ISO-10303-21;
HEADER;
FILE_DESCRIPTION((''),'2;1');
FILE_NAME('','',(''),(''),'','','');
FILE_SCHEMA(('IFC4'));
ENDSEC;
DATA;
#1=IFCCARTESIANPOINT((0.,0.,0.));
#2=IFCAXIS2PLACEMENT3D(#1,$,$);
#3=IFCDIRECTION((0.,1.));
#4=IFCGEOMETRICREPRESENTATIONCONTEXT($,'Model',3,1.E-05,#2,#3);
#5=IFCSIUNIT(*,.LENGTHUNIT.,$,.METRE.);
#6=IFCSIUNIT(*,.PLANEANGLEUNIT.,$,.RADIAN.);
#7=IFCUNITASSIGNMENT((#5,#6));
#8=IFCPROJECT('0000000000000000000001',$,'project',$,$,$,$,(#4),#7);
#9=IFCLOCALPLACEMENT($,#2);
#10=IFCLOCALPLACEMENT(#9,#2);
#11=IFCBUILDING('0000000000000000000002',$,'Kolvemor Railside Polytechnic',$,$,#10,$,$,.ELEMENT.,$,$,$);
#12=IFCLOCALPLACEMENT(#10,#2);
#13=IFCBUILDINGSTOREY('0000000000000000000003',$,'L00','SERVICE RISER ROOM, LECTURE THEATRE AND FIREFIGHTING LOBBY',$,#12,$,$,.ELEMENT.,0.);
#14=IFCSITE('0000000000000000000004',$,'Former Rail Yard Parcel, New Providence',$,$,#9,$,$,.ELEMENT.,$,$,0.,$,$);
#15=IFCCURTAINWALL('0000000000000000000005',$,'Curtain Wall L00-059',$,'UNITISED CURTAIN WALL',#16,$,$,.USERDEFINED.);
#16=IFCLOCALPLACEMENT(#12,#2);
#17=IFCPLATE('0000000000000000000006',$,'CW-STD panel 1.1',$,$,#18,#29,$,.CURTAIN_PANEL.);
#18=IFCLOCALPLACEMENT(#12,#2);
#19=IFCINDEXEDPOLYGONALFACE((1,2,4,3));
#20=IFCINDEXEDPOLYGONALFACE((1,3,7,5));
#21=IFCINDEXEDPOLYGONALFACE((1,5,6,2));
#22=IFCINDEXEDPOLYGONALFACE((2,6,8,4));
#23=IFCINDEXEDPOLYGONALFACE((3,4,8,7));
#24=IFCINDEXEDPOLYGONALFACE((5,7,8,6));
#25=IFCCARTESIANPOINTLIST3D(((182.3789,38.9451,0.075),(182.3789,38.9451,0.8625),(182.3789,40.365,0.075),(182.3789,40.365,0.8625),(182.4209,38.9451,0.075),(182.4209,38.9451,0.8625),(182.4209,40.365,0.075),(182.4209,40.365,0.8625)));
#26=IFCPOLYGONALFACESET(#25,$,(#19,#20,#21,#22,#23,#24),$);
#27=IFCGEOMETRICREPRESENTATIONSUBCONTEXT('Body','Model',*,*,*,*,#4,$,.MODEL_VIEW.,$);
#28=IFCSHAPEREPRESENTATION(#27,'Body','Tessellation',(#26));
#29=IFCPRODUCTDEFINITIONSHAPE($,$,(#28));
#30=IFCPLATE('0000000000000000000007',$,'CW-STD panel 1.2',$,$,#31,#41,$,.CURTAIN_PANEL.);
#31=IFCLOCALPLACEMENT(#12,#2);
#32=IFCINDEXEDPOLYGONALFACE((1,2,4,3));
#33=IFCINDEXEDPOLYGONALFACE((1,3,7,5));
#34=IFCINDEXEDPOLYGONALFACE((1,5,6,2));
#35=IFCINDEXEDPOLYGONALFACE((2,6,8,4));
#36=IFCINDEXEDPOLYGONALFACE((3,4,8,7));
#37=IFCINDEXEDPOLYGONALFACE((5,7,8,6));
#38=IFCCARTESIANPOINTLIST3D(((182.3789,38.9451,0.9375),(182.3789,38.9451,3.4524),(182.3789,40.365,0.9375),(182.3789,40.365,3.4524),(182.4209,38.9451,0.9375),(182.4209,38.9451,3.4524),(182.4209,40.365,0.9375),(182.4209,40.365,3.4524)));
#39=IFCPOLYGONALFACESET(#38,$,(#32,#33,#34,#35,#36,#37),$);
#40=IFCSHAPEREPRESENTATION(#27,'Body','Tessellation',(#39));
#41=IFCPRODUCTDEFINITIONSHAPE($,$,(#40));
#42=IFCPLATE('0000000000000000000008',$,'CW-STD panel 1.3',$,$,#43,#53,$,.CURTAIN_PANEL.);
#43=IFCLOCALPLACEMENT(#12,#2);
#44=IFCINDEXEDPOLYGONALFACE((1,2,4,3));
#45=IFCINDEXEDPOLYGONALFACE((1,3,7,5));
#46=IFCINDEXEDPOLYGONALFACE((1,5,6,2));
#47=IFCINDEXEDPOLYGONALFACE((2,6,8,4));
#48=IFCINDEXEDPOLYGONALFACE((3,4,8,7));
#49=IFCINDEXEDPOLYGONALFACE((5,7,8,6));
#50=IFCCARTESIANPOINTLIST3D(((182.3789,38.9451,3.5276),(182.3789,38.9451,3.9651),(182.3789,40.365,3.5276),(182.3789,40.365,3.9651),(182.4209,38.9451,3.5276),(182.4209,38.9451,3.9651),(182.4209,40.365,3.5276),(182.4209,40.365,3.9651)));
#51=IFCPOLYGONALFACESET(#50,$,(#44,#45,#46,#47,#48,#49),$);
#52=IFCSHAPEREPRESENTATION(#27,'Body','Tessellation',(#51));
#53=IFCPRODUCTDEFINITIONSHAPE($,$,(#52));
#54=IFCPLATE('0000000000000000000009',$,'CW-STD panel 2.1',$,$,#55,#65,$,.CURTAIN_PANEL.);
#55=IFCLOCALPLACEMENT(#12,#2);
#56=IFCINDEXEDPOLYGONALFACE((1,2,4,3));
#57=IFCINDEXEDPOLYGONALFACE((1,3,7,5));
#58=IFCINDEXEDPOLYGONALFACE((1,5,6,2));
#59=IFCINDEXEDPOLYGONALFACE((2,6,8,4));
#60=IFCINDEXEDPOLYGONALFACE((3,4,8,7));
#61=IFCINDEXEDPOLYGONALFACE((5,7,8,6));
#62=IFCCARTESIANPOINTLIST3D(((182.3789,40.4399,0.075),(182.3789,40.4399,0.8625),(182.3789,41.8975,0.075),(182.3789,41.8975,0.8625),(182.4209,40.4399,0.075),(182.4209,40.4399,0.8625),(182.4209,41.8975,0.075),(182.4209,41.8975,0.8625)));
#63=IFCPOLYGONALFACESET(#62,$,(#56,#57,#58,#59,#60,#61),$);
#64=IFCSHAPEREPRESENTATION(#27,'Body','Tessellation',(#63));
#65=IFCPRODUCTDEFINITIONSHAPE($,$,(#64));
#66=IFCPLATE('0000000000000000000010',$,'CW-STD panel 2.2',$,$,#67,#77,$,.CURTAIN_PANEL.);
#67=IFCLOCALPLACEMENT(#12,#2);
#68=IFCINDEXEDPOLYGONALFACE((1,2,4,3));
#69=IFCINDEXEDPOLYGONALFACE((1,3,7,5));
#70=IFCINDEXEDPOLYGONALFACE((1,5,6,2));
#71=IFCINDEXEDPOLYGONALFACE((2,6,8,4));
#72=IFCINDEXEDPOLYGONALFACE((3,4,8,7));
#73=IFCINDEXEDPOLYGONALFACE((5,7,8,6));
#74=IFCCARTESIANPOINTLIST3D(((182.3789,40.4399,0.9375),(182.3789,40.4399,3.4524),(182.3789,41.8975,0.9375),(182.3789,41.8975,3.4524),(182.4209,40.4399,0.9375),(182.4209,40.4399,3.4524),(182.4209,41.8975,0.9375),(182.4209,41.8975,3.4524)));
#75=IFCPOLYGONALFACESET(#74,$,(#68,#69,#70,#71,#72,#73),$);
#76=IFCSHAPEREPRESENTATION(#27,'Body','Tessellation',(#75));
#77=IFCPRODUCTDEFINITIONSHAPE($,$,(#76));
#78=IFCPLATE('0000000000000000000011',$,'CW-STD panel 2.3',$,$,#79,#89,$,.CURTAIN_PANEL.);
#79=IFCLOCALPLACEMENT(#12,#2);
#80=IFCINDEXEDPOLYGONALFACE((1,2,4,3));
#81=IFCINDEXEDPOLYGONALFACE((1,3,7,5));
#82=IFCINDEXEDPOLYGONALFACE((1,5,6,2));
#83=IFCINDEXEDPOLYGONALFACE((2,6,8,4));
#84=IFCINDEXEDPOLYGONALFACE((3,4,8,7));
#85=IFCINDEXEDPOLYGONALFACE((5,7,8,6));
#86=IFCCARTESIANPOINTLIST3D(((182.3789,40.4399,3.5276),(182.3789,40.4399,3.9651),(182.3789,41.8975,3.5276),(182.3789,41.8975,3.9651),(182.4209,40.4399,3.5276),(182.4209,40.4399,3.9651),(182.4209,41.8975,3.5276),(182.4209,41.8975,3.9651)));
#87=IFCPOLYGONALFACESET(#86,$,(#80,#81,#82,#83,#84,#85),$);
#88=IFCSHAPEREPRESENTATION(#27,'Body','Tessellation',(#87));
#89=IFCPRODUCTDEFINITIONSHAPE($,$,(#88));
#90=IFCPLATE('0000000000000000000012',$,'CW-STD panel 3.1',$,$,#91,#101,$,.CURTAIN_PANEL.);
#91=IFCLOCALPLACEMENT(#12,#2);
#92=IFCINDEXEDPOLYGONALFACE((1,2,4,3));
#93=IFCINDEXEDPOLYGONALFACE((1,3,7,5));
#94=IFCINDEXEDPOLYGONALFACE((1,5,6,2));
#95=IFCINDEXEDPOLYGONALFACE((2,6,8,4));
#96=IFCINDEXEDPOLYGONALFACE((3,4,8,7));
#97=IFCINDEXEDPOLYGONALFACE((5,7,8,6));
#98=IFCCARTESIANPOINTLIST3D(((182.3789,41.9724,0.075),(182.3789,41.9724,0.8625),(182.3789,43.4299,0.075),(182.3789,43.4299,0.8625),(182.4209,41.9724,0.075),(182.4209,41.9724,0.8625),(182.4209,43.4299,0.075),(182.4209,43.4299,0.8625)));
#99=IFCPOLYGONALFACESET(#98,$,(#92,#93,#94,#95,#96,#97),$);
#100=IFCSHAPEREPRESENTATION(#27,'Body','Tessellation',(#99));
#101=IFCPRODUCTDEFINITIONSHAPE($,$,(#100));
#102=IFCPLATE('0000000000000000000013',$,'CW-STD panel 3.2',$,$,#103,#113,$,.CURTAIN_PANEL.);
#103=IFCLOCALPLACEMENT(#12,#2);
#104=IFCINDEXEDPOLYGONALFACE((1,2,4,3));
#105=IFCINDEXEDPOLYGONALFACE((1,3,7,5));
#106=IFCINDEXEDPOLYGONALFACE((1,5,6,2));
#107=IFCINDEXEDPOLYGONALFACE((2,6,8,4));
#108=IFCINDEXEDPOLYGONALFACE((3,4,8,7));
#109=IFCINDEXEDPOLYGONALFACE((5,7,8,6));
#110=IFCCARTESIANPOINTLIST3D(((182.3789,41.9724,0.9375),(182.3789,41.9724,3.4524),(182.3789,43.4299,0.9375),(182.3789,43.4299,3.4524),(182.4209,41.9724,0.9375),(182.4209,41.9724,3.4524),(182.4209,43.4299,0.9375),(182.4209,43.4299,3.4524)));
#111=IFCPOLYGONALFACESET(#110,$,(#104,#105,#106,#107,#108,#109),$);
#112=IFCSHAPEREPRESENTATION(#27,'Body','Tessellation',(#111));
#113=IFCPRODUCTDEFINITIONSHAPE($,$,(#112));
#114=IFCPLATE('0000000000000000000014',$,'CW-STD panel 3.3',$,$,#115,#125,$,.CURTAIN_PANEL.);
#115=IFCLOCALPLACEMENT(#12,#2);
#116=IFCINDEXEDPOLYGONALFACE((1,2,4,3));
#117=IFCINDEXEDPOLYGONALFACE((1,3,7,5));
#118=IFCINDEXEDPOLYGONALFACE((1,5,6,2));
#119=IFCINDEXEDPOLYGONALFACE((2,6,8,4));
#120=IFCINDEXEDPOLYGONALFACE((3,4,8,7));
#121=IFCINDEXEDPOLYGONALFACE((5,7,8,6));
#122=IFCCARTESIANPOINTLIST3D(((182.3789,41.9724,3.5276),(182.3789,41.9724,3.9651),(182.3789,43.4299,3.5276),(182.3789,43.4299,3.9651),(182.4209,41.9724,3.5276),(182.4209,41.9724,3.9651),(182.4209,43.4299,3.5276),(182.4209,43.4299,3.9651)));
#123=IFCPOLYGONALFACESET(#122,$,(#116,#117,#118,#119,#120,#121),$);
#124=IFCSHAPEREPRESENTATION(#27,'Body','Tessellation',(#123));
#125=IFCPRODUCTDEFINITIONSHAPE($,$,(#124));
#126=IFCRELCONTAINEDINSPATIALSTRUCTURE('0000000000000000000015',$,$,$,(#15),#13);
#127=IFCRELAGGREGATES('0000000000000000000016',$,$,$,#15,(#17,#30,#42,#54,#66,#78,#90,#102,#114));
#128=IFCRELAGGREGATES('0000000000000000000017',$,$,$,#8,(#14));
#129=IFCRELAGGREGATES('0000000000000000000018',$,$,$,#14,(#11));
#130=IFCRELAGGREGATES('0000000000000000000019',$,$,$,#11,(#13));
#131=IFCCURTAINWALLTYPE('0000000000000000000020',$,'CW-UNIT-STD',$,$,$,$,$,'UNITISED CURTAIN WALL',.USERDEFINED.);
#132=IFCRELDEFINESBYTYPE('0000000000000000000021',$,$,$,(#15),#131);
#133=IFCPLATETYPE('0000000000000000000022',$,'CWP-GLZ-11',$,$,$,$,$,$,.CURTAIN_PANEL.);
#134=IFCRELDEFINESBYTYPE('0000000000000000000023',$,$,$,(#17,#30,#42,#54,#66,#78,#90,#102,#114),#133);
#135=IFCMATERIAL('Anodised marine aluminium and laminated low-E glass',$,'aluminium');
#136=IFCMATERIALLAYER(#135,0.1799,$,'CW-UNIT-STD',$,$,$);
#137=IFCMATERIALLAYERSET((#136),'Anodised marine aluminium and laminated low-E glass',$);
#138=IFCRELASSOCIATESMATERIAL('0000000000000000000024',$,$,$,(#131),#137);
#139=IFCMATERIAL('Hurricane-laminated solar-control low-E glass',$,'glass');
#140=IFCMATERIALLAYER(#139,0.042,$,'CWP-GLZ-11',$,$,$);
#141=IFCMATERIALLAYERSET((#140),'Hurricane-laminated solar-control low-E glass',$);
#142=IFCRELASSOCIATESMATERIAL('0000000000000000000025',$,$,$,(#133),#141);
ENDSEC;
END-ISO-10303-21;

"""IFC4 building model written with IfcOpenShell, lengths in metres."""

from ifc_helpers import new_model, si_unit, direction, frame, origin, origin_2d, place, context, subcontext, project, spatial, rectangle, extrude, material, layer, layer_set, type_object, element, aggregate, save


model = new_model("IFC4")

# Units and contexts
model_context = context("Model", 3, precision=1e-05, world=origin(), true_north=direction((0.0, 1.0)))
body_context = subcontext(model_context, "Body", "Model", "MODEL_VIEW")
ifc_project = project(units=[si_unit("LENGTHUNIT", "METRE"), si_unit("PLANEANGLEUNIT", "RADIAN")], contexts=[model_context])

# Site, building, storey
site_placement = place(None, origin())
site = spatial("IfcSite", under=ifc_project, at=site_placement, Name="Former Rail Yard Parcel, New Providence", CompositionType="ELEMENT", RefElevation=0.0)
building_placement = place(site_placement, origin())
building = spatial("IfcBuilding", under=site, at=building_placement, Name="Kolvemor Railside Polytechnic", CompositionType="ELEMENT")
storey_placement = place(building_placement, origin())
storey = spatial("IfcBuildingStorey", under=building, at=storey_placement, Name="L00", Description="SERVICE RISER ROOM, LECTURE THEATRE AND FIREFIGHTING LOBBY", CompositionType="ELEMENT", Elevation=0.0)

# Shared definitions
ifc_material_1 = material(Name="Anodised marine aluminium and laminated low-E glass", Category="aluminium")
ifc_layer_1 = layer(ifc_material_1, 0.1799, Name="CW-UNIT-STD")
ifc_layer_set_1 = layer_set([ifc_layer_1], Name="Anodised marine aluminium and laminated low-E glass")
curtain_wall_type = type_object("IfcCurtainWallType", Name="CW-UNIT-STD", ElementType="UNITISED CURTAIN WALL", PredefinedType="USERDEFINED", material=ifc_layer_set_1)

# Curtain wall
curtain_wall_1_placement = place(storey_placement, origin())
curtain_wall_1 = element("IfcCurtainWall", 1, at=curtain_wall_1_placement, inside=storey, type_object=curtain_wall_type, Name="Curtain Wall L00-059", ObjectType="UNITISED CURTAIN WALL", PredefinedType="USERDEFINED")

# Plates
ifc_material_2 = material(Name="Hurricane-laminated solar-control low-E glass", Category="glass")
ifc_layer_2 = layer(ifc_material_2, 0.042, Name="CWP-GLZ-11")
ifc_layer_set_2 = layer_set([ifc_layer_2], Name="Hurricane-laminated solar-control low-E glass")
plate_type_1 = type_object("IfcPlateType", Name="CWP-GLZ-11", PredefinedType="CURTAIN_PANEL", material=ifc_layer_set_2)
plate_1_placement = place(storey_placement, frame((182.3999, 39.655, 0.075), z_axis=(0.0, 0.0, 1.0), x_axis=(0.0, 1.0, 0.0)))
plate_1 = element("IfcPlate", 2, at=plate_1_placement, type_object=plate_type_1, Name="CW-STD panel 1.1", PredefinedType="CURTAIN_PANEL", context=body_context, shape_type="SweptSolid", body=[
    extrude(rectangle(XDim=1.4199, YDim=0.042, at=origin_2d()), origin(), (0.0, 0.0, 1.0), 0.7876),
])
plate_2_placement = place(storey_placement, frame((182.3999, 39.655, 0.9375), z_axis=(0.0, 0.0, 1.0), x_axis=(0.0, 1.0, 0.0)))
plate_2 = element("IfcPlate", 3, at=plate_2_placement, type_object=plate_type_1, Name="CW-STD panel 1.2", PredefinedType="CURTAIN_PANEL", context=body_context, shape_type="SweptSolid", body=[
    extrude(rectangle(XDim=1.4199, YDim=0.042, at=origin_2d()), origin(), (0.0, 0.0, 1.0), 2.5149),
])
plate_3_placement = place(storey_placement, frame((182.3999, 39.655, 3.5276), z_axis=(0.0, 0.0, 1.0), x_axis=(0.0, 1.0, 0.0)))
plate_3 = element("IfcPlate", 4, at=plate_3_placement, type_object=plate_type_1, Name="CW-STD panel 1.3", PredefinedType="CURTAIN_PANEL", context=body_context, shape_type="SweptSolid", body=[
    extrude(rectangle(XDim=1.4199, YDim=0.042, at=origin_2d()), origin(), (0.0, 0.0, 1.0), 0.4375),
])
plate_4_placement = place(storey_placement, frame((182.3999, 41.1687, 0.075), z_axis=(0.0, 0.0, 1.0), x_axis=(0.0, 1.0, 0.0)))
plate_4 = element("IfcPlate", 5, at=plate_4_placement, type_object=plate_type_1, Name="CW-STD panel 2.1", PredefinedType="CURTAIN_PANEL", context=body_context, shape_type="SweptSolid", body=[
    extrude(rectangle(XDim=1.4575, YDim=0.042, at=origin_2d()), origin(), (0.0, 0.0, 1.0), 0.7876),
])
plate_5_placement = place(storey_placement, frame((182.3999, 41.1687, 0.9375), z_axis=(0.0, 0.0, 1.0), x_axis=(0.0, 1.0, 0.0)))
plate_5 = element("IfcPlate", 6, at=plate_5_placement, type_object=plate_type_1, Name="CW-STD panel 2.2", PredefinedType="CURTAIN_PANEL", context=body_context, shape_type="SweptSolid", body=[
    extrude(rectangle(XDim=1.4575, YDim=0.042, at=origin_2d()), origin(), (0.0, 0.0, 1.0), 2.5149),
])
plate_6_placement = place(storey_placement, frame((182.3999, 41.1687, 3.5276), z_axis=(0.0, 0.0, 1.0), x_axis=(0.0, 1.0, 0.0)))
plate_6 = element("IfcPlate", 7, at=plate_6_placement, type_object=plate_type_1, Name="CW-STD panel 2.3", PredefinedType="CURTAIN_PANEL", context=body_context, shape_type="SweptSolid", body=[
    extrude(rectangle(XDim=1.4575, YDim=0.042, at=origin_2d()), origin(), (0.0, 0.0, 1.0), 0.4375),
])
plate_7_placement = place(storey_placement, frame((182.3999, 42.7012, 0.075), z_axis=(0.0, 0.0, 1.0), x_axis=(0.0, 1.0, 0.0)))
plate_7 = element("IfcPlate", 8, at=plate_7_placement, type_object=plate_type_1, Name="CW-STD panel 3.1", PredefinedType="CURTAIN_PANEL", context=body_context, shape_type="SweptSolid", body=[
    extrude(rectangle(XDim=1.4575, YDim=0.042, at=origin_2d()), origin(), (0.0, 0.0, 1.0), 0.7876),
])
plate_8_placement = place(storey_placement, frame((182.3999, 42.7012, 0.9375), z_axis=(0.0, 0.0, 1.0), x_axis=(0.0, 1.0, 0.0)))
plate_8 = element("IfcPlate", 9, at=plate_8_placement, type_object=plate_type_1, Name="CW-STD panel 3.2", PredefinedType="CURTAIN_PANEL", context=body_context, shape_type="SweptSolid", body=[
    extrude(rectangle(XDim=1.4575, YDim=0.042, at=origin_2d()), origin(), (0.0, 0.0, 1.0), 2.5149),
])
plate_9_placement = place(storey_placement, frame((182.3999, 42.7012, 3.5276), z_axis=(0.0, 0.0, 1.0), x_axis=(0.0, 1.0, 0.0)))
plate_9 = element("IfcPlate", 10, at=plate_9_placement, type_object=plate_type_1, Name="CW-STD panel 3.3", PredefinedType="CURTAIN_PANEL", context=body_context, shape_type="SweptSolid", body=[
    extrude(rectangle(XDim=1.4575, YDim=0.042, at=origin_2d()), origin(), (0.0, 0.0, 1.0), 0.4375),
])
aggregate(curtain_wall_1, [plate_1, plate_2, plate_3, plate_4, plate_5, plate_6, plate_7, plate_8, plate_9])

save(model, "model.ifc")
